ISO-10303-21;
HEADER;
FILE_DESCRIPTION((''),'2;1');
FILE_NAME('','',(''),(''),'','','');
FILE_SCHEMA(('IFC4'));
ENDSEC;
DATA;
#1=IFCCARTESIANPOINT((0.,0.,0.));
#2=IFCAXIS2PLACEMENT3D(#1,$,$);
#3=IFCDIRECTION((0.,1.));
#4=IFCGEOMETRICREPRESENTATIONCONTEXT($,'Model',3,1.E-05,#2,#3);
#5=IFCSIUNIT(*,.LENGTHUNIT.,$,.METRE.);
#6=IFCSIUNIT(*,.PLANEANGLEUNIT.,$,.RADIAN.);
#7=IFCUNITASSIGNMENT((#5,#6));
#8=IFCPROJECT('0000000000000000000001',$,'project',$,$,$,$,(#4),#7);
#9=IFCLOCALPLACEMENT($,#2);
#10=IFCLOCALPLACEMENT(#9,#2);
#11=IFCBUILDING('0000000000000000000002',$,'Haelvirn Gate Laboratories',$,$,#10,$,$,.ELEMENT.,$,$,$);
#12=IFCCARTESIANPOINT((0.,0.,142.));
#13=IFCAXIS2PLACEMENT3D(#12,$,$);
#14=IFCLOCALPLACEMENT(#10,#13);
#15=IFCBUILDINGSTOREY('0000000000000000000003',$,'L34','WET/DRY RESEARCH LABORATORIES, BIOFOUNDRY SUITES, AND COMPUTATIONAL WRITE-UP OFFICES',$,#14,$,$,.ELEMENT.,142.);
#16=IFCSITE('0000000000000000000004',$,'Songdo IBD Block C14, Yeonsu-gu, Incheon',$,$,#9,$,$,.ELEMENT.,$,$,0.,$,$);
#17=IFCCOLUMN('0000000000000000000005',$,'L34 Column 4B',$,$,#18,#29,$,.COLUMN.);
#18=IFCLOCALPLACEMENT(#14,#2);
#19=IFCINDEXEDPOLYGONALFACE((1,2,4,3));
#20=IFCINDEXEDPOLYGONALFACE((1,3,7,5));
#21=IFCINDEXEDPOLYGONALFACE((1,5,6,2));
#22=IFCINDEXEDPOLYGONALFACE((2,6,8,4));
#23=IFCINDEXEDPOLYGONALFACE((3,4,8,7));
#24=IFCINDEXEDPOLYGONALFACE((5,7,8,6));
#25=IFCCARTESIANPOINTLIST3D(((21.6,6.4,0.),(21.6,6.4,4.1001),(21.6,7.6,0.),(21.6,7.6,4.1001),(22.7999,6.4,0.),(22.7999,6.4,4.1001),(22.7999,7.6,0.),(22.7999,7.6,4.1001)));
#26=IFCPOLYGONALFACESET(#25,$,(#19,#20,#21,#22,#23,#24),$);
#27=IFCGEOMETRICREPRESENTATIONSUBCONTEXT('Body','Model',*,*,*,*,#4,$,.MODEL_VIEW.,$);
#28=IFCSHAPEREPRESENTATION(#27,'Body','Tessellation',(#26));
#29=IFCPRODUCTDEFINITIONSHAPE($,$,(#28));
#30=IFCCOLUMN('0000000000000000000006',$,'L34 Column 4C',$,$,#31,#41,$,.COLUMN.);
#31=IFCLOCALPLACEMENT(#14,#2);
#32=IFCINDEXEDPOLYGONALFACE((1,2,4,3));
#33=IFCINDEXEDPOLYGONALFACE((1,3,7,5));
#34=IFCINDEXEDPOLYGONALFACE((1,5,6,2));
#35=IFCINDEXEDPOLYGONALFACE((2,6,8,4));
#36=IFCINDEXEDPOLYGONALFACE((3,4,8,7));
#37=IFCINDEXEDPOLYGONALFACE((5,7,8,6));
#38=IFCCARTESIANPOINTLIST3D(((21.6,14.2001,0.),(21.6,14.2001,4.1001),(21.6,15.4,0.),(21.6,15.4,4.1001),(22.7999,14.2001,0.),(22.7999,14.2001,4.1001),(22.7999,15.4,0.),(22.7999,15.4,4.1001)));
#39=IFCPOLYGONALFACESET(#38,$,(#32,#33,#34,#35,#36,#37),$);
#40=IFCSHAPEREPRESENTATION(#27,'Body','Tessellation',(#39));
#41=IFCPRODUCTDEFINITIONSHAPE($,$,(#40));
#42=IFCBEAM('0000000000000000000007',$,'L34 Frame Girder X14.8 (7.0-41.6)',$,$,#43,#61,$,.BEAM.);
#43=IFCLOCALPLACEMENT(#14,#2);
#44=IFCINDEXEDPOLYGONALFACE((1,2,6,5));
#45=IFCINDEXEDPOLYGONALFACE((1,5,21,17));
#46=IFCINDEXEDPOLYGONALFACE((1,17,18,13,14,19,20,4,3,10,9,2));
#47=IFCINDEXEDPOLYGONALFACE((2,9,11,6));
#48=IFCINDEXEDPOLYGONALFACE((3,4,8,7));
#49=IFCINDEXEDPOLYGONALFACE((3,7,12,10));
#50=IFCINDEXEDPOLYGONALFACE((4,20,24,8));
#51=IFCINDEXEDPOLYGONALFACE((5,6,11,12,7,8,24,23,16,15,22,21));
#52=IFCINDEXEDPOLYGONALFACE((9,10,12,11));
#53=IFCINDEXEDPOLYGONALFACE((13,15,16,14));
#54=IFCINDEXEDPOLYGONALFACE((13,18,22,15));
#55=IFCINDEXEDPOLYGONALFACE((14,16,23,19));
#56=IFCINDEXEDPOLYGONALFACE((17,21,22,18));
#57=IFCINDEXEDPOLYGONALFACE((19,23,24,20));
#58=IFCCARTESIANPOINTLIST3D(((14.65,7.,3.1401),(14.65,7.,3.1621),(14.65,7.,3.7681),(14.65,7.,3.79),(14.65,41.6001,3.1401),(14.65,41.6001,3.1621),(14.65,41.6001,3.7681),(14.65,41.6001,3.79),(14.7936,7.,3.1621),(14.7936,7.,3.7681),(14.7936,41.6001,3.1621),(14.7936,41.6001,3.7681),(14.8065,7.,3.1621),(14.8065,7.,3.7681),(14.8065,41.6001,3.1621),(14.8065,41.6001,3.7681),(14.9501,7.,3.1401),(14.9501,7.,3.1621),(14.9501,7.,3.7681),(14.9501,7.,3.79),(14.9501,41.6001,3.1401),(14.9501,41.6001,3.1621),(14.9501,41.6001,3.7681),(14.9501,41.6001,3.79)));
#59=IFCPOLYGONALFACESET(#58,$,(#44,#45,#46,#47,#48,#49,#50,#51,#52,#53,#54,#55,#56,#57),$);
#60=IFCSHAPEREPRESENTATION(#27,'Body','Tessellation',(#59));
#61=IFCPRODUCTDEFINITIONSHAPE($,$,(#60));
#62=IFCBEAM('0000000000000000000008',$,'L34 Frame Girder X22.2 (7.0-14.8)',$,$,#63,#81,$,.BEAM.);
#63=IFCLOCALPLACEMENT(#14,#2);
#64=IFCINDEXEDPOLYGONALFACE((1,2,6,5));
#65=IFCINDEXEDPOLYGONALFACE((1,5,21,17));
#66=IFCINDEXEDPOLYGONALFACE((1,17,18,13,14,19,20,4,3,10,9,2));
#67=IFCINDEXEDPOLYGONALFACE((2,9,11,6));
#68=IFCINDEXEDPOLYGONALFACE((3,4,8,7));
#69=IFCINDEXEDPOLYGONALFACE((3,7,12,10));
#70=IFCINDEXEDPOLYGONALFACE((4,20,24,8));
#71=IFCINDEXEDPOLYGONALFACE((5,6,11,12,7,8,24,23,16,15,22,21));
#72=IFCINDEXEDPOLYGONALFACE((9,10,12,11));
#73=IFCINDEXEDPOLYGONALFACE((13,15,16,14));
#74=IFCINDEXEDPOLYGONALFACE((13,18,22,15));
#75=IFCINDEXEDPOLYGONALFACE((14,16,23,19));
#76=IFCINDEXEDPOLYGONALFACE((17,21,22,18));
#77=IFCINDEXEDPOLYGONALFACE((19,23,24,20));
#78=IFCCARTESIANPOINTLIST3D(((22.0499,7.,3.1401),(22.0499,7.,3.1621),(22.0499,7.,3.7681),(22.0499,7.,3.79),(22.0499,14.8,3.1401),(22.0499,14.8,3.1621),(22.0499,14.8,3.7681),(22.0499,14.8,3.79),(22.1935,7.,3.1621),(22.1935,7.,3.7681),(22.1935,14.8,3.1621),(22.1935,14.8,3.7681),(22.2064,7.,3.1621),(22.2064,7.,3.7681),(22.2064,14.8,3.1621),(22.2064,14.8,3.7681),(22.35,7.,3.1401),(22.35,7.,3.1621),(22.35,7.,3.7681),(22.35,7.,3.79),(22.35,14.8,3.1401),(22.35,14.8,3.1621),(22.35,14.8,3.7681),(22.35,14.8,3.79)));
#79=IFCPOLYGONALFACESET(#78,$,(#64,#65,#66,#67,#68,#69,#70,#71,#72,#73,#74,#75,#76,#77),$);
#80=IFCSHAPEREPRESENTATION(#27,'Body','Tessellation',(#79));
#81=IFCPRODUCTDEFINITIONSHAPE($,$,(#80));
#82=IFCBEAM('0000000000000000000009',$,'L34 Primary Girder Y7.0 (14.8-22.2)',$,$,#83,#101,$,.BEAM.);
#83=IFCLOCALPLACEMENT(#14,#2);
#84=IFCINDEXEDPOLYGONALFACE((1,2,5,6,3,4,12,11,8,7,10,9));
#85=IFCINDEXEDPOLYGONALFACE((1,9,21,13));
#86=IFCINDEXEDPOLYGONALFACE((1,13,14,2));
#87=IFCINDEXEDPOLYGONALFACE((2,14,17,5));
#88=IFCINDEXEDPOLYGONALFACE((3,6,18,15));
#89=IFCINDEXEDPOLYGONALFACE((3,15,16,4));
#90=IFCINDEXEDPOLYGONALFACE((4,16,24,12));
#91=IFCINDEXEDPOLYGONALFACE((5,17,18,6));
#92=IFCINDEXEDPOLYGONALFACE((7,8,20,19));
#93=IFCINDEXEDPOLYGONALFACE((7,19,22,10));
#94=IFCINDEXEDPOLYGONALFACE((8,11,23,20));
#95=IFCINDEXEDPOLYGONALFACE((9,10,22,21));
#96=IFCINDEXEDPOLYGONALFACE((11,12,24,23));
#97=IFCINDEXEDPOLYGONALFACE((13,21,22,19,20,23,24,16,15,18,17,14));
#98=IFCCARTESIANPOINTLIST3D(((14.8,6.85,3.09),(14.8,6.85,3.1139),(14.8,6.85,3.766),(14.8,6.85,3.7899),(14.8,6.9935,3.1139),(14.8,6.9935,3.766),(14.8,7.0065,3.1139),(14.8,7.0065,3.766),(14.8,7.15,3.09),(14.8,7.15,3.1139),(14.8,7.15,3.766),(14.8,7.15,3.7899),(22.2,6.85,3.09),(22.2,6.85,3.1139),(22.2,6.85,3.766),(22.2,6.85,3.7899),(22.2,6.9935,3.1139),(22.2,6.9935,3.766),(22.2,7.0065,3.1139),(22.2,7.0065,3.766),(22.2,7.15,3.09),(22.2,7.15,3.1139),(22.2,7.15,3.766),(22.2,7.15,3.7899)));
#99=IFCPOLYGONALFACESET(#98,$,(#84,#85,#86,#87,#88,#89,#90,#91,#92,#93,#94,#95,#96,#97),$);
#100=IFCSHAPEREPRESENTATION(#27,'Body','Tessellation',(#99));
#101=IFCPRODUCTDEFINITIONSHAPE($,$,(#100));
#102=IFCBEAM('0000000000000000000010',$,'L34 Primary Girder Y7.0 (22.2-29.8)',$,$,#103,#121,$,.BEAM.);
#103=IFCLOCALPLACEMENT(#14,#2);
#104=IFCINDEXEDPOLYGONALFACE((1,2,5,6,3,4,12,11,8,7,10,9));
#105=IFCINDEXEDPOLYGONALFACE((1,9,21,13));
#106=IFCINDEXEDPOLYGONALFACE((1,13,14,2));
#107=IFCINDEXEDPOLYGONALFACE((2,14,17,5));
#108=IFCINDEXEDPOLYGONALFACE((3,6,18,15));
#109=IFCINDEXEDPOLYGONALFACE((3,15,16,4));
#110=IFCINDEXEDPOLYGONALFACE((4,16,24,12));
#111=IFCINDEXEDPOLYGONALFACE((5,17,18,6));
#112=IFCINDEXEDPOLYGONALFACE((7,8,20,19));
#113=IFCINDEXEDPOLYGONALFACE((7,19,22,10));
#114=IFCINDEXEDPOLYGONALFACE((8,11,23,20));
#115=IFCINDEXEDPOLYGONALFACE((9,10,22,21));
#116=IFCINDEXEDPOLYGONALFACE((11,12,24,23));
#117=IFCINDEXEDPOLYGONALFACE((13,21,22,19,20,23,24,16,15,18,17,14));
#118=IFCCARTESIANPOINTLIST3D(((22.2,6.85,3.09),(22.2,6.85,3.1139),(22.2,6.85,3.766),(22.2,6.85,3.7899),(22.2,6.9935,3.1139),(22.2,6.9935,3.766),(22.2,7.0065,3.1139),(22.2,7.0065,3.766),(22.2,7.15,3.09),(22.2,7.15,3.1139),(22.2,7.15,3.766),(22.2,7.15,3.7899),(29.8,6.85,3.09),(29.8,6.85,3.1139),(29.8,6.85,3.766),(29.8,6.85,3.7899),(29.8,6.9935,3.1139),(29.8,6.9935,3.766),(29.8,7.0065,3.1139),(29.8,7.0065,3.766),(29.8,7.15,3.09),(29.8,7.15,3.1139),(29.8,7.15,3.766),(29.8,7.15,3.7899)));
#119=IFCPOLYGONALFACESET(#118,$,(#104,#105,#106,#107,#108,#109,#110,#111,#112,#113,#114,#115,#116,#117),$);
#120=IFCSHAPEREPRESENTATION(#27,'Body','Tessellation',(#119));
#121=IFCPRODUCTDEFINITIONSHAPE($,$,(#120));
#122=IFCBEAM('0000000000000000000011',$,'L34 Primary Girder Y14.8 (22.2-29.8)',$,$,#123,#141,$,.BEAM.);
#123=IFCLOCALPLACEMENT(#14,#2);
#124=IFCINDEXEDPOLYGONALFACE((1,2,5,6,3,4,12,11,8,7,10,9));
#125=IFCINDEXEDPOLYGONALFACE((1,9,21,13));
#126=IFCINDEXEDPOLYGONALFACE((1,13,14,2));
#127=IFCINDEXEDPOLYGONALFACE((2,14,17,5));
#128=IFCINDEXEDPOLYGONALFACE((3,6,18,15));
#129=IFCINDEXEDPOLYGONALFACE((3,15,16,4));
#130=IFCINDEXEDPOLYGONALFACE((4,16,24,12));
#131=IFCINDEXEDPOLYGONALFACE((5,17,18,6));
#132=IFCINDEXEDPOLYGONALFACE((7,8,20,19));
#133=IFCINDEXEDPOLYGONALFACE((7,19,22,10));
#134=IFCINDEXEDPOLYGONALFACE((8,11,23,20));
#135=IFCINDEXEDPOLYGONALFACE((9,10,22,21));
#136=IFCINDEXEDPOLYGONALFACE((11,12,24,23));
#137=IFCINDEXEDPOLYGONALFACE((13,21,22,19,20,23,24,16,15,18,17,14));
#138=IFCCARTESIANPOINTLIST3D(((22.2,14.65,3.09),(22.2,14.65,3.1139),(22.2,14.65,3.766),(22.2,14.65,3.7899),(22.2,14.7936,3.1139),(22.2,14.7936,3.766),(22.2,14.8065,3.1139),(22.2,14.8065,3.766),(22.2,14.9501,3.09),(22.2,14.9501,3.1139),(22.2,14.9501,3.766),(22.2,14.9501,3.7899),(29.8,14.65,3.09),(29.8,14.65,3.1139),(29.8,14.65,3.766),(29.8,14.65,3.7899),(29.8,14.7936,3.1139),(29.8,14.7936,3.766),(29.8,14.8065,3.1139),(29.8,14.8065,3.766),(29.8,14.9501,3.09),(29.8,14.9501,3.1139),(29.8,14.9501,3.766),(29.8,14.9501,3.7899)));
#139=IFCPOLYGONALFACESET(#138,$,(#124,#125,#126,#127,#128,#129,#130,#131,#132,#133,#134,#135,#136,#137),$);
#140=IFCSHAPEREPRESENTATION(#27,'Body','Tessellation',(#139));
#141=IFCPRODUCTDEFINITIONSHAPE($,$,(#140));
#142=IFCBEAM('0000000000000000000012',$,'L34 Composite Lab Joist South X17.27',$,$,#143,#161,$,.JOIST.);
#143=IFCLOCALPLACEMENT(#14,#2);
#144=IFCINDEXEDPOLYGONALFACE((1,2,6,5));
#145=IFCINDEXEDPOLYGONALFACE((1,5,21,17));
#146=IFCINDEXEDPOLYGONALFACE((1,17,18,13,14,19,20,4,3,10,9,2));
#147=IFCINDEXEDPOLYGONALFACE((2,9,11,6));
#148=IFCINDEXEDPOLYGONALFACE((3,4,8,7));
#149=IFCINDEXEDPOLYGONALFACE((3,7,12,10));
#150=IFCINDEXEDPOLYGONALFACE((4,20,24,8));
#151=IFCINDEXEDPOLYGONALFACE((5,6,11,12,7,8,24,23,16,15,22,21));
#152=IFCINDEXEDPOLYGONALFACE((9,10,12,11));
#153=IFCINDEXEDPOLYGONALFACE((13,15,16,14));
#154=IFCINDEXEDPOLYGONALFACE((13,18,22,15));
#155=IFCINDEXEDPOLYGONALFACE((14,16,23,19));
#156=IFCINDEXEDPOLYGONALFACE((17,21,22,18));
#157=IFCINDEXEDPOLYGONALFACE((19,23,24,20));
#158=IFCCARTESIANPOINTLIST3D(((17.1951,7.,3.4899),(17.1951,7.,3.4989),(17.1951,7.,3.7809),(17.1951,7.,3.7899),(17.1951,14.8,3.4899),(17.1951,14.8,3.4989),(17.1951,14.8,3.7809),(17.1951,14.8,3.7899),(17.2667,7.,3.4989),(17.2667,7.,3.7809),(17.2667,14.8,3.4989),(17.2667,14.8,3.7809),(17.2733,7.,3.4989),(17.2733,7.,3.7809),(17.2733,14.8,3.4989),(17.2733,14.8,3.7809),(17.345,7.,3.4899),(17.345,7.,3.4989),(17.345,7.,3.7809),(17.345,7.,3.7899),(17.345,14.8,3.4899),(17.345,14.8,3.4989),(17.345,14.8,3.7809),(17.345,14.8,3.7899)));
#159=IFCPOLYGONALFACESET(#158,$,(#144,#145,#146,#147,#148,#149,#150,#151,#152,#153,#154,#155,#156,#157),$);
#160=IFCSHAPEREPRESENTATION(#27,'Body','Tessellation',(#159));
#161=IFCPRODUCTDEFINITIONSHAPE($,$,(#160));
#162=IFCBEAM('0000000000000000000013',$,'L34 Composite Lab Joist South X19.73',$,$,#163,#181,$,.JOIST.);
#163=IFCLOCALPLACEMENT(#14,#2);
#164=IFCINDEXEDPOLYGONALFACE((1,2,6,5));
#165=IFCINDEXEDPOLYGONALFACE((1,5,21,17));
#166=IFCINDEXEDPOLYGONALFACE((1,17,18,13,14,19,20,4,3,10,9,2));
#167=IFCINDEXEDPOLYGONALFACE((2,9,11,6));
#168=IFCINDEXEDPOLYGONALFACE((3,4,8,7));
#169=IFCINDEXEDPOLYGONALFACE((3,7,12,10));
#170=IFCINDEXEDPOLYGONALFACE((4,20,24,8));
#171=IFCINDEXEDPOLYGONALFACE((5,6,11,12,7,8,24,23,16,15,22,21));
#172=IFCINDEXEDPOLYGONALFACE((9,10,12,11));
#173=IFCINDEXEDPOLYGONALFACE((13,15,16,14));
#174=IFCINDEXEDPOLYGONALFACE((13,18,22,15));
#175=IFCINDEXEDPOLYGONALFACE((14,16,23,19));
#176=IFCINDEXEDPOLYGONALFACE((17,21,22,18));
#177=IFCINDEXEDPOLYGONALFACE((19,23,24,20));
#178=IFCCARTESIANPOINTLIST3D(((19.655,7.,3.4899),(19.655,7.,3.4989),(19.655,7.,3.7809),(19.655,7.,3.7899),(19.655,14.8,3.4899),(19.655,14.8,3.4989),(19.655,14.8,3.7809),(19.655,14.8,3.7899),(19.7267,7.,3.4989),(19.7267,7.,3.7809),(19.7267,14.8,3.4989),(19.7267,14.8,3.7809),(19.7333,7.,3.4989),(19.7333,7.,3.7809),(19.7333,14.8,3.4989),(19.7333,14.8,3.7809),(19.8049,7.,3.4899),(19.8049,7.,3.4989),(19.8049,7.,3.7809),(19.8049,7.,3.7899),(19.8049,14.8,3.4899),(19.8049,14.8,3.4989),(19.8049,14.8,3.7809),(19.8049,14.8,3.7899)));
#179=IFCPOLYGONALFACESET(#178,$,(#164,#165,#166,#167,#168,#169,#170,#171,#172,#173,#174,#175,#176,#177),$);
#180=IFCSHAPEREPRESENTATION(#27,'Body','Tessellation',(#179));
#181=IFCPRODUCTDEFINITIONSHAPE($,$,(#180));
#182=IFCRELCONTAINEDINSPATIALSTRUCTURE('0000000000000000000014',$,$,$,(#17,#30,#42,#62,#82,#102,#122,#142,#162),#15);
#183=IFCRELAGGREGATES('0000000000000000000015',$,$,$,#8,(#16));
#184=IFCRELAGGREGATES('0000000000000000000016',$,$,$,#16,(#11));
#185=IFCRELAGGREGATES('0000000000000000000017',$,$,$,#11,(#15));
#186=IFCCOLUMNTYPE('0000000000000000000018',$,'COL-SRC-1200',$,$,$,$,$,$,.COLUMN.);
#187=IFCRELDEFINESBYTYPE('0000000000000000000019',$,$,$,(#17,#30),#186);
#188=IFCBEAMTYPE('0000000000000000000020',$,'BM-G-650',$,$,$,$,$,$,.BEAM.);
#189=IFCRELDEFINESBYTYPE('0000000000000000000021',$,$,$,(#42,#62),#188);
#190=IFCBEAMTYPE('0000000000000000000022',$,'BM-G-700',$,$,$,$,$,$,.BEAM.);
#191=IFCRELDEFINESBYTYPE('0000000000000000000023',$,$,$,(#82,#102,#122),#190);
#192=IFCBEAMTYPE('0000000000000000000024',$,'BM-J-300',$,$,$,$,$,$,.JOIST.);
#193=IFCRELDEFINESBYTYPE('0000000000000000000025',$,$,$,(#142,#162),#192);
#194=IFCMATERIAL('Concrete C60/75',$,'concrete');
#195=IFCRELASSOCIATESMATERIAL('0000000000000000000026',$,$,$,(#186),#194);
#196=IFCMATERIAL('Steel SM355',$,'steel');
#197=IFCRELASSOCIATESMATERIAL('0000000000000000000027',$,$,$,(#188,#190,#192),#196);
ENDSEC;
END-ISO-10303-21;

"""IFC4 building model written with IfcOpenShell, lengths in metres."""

from ifc_helpers import new_model, si_unit, direction, frame, origin, origin_2d, place, context, subcontext, project, spatial, rectangle, i_section, extrude, source, transform, mapped, material, material_profile, profile_set, type_object, type_shapes, element, save


model = new_model("IFC4")

# Units and contexts
model_context = context("Model", 3, precision=1e-05, world=origin(), true_north=direction((0.0, 1.0)))
body_context = subcontext(model_context, "Body", "Model", "MODEL_VIEW")
ifc_project = project(units=[si_unit("LENGTHUNIT", "METRE"), si_unit("PLANEANGLEUNIT", "RADIAN")], contexts=[model_context])

# Site, building, storey
site_placement = place(None, origin())
site = spatial("IfcSite", under=ifc_project, at=site_placement, Name="Songdo IBD Block C14, Yeonsu-gu, Incheon", CompositionType="ELEMENT", RefElevation=0.0)
building_placement = place(site_placement, origin())
building = spatial("IfcBuilding", under=site, at=building_placement, Name="Haelvirn Gate Laboratories", CompositionType="ELEMENT")
storey_placement = place(building_placement, frame((0.0, 0.0, 142.0)))
storey = spatial("IfcBuildingStorey", under=building, at=storey_placement, Name="L34", Description="WET/DRY RESEARCH LABORATORIES, BIOFOUNDRY SUITES, AND COMPUTATIONAL WRITE-UP OFFICES", CompositionType="ELEMENT", Elevation=142.0)

# Columns
ifc_material_1 = material(Name="Concrete C60/75", Category="concrete")
ifc_material_profile_1 = material_profile(ifc_material_1, rectangle(XDim=1.2, YDim=1.2, at=origin_2d()), Name="SRC-1200x1200")
ifc_profile_set_1 = profile_set([ifc_material_profile_1], Name="Concrete C60/75")
column_type = type_object("IfcColumnType", Name="COL-SRC-1200", PredefinedType="COLUMN", material=ifc_profile_set_1)
shared_shape_1 = source(origin(), body_context, "Body", "SweptSolid", [
    extrude(rectangle(XDim=1.2, YDim=1.2, at=origin_2d()), origin(), (0.0, 0.0, 1.0), 4.1001),
])
type_shapes(column_type, [shared_shape_1])
for number, where, z_axis, x_axis, name in (
    (1, (22.2, 7.0, 0.0), (0.0, 0.0, 1.0), (1.0, 0.0, 0.0), "L34 Column 4B"),
    (2, (22.2, 14.8, 0.0), (0.0, 0.0, 1.0), (1.0, 0.0, 0.0), "L34 Column 4C"),
):
    element("IfcColumn", number, at=place(storey_placement, frame(where, z_axis=z_axis, x_axis=x_axis)), inside=storey, type_object=column_type, Name=name, PredefinedType="COLUMN", context=body_context, shape_type="MappedRepresentation", body=[
        mapped(shared_shape_1, transform((0.0, 0.0, 0.0), scale=1.0)),
    ])

# Beams
ifc_material_2 = material(Name="Steel SM355", Category="steel")
ifc_material_profile_2 = material_profile(ifc_material_2, i_section(OverallWidth=0.3, OverallDepth=0.6499, WebThickness=0.0129, FlangeThickness=0.022, at=origin_2d()), Name="H-650x300x13x22")
ifc_profile_set_2 = profile_set([ifc_material_profile_2], Name="Steel SM355")
beam_type_1 = type_object("IfcBeamType", Name="BM-G-650", PredefinedType="BEAM", material=ifc_profile_set_2)
shared_shape_2 = source(origin(), body_context, "Body", "SweptSolid", [
    extrude(i_section(OverallWidth=0.3, OverallDepth=0.6499, WebThickness=0.0129, FlangeThickness=0.022, at=origin_2d()), origin(), (0.0, 0.0, 1.0), 34.6001),
])
beam_1_placement = place(storey_placement, frame((14.8, 7.0, 3.4651), z_axis=(0.0, 1.0, 0.0), x_axis=(-1.0, 0.0, 0.0)))
element("IfcBeam", 3, at=beam_1_placement, inside=storey, type_object=beam_type_1, Name="L34 Frame Girder X14.8 (7.0-41.6)", PredefinedType="BEAM", context=body_context, shape_type="MappedRepresentation", body=[
    mapped(shared_shape_2, transform((0.0, 0.0, 0.0), scale=1.0)),
])
shared_shape_3 = source(origin(), body_context, "Body", "SweptSolid", [
    extrude(i_section(OverallWidth=0.3, OverallDepth=0.6499, WebThickness=0.0129, FlangeThickness=0.022, at=origin_2d()), origin(), (0.0, 0.0, 1.0), 7.8),
])
type_shapes(beam_type_1, [shared_shape_2, shared_shape_3])
beam_2_placement = place(storey_placement, frame((22.2, 7.0, 3.4651), z_axis=(0.0, 1.0, 0.0), x_axis=(-1.0, 0.0, 0.0)))
element("IfcBeam", 4, at=beam_2_placement, inside=storey, type_object=beam_type_1, Name="L34 Frame Girder X22.2 (7.0-14.8)", PredefinedType="BEAM", context=body_context, shape_type="MappedRepresentation", body=[
    mapped(shared_shape_3, transform((0.0, 0.0, 0.0), scale=1.0)),
])
ifc_material_profile_3 = material_profile(ifc_material_2, i_section(OverallWidth=0.3, OverallDepth=0.7, WebThickness=0.0129, FlangeThickness=0.0239, at=origin_2d()), Name="H-700x300x13x24")
ifc_profile_set_3 = profile_set([ifc_material_profile_3], Name="Steel SM355")
beam_type_2 = type_object("IfcBeamType", Name="BM-G-700", PredefinedType="BEAM", material=ifc_profile_set_3)
shared_shape_4 = source(origin(), body_context, "Body", "SweptSolid", [
    extrude(i_section(OverallWidth=0.3, OverallDepth=0.7, WebThickness=0.0129, FlangeThickness=0.0239, at=origin_2d()), origin(), (0.0, 0.0, 1.0), 7.3999),
])
beam_3_placement = place(storey_placement, frame((14.8, 7.0, 3.4399), z_axis=(1.0, 0.0, 0.0), x_axis=(0.0, 1.0, 0.0)))
element("IfcBeam", 5, at=beam_3_placement, inside=storey, type_object=beam_type_2, Name="L34 Primary Girder Y7.0 (14.8-22.2)", PredefinedType="BEAM", context=body_context, shape_type="MappedRepresentation", body=[
    mapped(shared_shape_4, transform((0.0, 0.0, 0.0), scale=1.0)),
])
shared_shape_5 = source(origin(), body_context, "Body", "SweptSolid", [
    extrude(i_section(OverallWidth=0.3, OverallDepth=0.7, WebThickness=0.0129, FlangeThickness=0.0239, at=origin_2d()), origin(), (0.0, 0.0, 1.0), 7.6001),
])
type_shapes(beam_type_2, [shared_shape_4, shared_shape_5])
for number, where, z_axis, x_axis, name in (
    (6, (22.2, 7.0, 3.4399), (1.0, 0.0, 0.0), (0.0, 1.0, 0.0), "L34 Primary Girder Y7.0 (22.2-29.8)"),
    (7, (22.2, 14.8, 3.4399), (1.0, 0.0, 0.0), (0.0, 1.0, 0.0), "L34 Primary Girder Y14.8 (22.2-29.8)"),
):
    element("IfcBeam", number, at=place(storey_placement, frame(where, z_axis=z_axis, x_axis=x_axis)), inside=storey, type_object=beam_type_2, Name=name, PredefinedType="BEAM", context=body_context, shape_type="MappedRepresentation", body=[
        mapped(shared_shape_5, transform((0.0, 0.0, 0.0), scale=1.0)),
    ])
ifc_material_profile_4 = material_profile(ifc_material_2, i_section(OverallWidth=0.1499, OverallDepth=0.3, WebThickness=0.0066, FlangeThickness=0.009, at=origin_2d()), Name="H-300x150x6.5x9")
ifc_profile_set_4 = profile_set([ifc_material_profile_4], Name="Steel SM355")
beam_type_3 = type_object("IfcBeamType", Name="BM-J-300", PredefinedType="JOIST", material=ifc_profile_set_4)
shared_shape_6 = source(origin(), body_context, "Body", "SweptSolid", [
    extrude(i_section(OverallWidth=0.1499, OverallDepth=0.3, WebThickness=0.0066, FlangeThickness=0.009, at=origin_2d()), origin(), (0.0, 0.0, 1.0), 7.8),
])
type_shapes(beam_type_3, [shared_shape_6])
for number, where, z_axis, x_axis, name in (
    (8, (17.27, 7.0, 3.6399), (0.0, 1.0, 0.0), (-1.0, 0.0, 0.0), "L34 Composite Lab Joist South X17.27"),
    (9, (19.73, 7.0, 3.6399), (0.0, 1.0, 0.0), (-1.0, 0.0, 0.0), "L34 Composite Lab Joist South X19.73"),
):
    element("IfcBeam", number, at=place(storey_placement, frame(where, z_axis=z_axis, x_axis=x_axis)), inside=storey, type_object=beam_type_3, Name=name, PredefinedType="JOIST", context=body_context, shape_type="MappedRepresentation", body=[
        mapped(shared_shape_6, transform((0.0, 0.0, 0.0), scale=1.0)),
    ])

save(model, "model.ifc")
